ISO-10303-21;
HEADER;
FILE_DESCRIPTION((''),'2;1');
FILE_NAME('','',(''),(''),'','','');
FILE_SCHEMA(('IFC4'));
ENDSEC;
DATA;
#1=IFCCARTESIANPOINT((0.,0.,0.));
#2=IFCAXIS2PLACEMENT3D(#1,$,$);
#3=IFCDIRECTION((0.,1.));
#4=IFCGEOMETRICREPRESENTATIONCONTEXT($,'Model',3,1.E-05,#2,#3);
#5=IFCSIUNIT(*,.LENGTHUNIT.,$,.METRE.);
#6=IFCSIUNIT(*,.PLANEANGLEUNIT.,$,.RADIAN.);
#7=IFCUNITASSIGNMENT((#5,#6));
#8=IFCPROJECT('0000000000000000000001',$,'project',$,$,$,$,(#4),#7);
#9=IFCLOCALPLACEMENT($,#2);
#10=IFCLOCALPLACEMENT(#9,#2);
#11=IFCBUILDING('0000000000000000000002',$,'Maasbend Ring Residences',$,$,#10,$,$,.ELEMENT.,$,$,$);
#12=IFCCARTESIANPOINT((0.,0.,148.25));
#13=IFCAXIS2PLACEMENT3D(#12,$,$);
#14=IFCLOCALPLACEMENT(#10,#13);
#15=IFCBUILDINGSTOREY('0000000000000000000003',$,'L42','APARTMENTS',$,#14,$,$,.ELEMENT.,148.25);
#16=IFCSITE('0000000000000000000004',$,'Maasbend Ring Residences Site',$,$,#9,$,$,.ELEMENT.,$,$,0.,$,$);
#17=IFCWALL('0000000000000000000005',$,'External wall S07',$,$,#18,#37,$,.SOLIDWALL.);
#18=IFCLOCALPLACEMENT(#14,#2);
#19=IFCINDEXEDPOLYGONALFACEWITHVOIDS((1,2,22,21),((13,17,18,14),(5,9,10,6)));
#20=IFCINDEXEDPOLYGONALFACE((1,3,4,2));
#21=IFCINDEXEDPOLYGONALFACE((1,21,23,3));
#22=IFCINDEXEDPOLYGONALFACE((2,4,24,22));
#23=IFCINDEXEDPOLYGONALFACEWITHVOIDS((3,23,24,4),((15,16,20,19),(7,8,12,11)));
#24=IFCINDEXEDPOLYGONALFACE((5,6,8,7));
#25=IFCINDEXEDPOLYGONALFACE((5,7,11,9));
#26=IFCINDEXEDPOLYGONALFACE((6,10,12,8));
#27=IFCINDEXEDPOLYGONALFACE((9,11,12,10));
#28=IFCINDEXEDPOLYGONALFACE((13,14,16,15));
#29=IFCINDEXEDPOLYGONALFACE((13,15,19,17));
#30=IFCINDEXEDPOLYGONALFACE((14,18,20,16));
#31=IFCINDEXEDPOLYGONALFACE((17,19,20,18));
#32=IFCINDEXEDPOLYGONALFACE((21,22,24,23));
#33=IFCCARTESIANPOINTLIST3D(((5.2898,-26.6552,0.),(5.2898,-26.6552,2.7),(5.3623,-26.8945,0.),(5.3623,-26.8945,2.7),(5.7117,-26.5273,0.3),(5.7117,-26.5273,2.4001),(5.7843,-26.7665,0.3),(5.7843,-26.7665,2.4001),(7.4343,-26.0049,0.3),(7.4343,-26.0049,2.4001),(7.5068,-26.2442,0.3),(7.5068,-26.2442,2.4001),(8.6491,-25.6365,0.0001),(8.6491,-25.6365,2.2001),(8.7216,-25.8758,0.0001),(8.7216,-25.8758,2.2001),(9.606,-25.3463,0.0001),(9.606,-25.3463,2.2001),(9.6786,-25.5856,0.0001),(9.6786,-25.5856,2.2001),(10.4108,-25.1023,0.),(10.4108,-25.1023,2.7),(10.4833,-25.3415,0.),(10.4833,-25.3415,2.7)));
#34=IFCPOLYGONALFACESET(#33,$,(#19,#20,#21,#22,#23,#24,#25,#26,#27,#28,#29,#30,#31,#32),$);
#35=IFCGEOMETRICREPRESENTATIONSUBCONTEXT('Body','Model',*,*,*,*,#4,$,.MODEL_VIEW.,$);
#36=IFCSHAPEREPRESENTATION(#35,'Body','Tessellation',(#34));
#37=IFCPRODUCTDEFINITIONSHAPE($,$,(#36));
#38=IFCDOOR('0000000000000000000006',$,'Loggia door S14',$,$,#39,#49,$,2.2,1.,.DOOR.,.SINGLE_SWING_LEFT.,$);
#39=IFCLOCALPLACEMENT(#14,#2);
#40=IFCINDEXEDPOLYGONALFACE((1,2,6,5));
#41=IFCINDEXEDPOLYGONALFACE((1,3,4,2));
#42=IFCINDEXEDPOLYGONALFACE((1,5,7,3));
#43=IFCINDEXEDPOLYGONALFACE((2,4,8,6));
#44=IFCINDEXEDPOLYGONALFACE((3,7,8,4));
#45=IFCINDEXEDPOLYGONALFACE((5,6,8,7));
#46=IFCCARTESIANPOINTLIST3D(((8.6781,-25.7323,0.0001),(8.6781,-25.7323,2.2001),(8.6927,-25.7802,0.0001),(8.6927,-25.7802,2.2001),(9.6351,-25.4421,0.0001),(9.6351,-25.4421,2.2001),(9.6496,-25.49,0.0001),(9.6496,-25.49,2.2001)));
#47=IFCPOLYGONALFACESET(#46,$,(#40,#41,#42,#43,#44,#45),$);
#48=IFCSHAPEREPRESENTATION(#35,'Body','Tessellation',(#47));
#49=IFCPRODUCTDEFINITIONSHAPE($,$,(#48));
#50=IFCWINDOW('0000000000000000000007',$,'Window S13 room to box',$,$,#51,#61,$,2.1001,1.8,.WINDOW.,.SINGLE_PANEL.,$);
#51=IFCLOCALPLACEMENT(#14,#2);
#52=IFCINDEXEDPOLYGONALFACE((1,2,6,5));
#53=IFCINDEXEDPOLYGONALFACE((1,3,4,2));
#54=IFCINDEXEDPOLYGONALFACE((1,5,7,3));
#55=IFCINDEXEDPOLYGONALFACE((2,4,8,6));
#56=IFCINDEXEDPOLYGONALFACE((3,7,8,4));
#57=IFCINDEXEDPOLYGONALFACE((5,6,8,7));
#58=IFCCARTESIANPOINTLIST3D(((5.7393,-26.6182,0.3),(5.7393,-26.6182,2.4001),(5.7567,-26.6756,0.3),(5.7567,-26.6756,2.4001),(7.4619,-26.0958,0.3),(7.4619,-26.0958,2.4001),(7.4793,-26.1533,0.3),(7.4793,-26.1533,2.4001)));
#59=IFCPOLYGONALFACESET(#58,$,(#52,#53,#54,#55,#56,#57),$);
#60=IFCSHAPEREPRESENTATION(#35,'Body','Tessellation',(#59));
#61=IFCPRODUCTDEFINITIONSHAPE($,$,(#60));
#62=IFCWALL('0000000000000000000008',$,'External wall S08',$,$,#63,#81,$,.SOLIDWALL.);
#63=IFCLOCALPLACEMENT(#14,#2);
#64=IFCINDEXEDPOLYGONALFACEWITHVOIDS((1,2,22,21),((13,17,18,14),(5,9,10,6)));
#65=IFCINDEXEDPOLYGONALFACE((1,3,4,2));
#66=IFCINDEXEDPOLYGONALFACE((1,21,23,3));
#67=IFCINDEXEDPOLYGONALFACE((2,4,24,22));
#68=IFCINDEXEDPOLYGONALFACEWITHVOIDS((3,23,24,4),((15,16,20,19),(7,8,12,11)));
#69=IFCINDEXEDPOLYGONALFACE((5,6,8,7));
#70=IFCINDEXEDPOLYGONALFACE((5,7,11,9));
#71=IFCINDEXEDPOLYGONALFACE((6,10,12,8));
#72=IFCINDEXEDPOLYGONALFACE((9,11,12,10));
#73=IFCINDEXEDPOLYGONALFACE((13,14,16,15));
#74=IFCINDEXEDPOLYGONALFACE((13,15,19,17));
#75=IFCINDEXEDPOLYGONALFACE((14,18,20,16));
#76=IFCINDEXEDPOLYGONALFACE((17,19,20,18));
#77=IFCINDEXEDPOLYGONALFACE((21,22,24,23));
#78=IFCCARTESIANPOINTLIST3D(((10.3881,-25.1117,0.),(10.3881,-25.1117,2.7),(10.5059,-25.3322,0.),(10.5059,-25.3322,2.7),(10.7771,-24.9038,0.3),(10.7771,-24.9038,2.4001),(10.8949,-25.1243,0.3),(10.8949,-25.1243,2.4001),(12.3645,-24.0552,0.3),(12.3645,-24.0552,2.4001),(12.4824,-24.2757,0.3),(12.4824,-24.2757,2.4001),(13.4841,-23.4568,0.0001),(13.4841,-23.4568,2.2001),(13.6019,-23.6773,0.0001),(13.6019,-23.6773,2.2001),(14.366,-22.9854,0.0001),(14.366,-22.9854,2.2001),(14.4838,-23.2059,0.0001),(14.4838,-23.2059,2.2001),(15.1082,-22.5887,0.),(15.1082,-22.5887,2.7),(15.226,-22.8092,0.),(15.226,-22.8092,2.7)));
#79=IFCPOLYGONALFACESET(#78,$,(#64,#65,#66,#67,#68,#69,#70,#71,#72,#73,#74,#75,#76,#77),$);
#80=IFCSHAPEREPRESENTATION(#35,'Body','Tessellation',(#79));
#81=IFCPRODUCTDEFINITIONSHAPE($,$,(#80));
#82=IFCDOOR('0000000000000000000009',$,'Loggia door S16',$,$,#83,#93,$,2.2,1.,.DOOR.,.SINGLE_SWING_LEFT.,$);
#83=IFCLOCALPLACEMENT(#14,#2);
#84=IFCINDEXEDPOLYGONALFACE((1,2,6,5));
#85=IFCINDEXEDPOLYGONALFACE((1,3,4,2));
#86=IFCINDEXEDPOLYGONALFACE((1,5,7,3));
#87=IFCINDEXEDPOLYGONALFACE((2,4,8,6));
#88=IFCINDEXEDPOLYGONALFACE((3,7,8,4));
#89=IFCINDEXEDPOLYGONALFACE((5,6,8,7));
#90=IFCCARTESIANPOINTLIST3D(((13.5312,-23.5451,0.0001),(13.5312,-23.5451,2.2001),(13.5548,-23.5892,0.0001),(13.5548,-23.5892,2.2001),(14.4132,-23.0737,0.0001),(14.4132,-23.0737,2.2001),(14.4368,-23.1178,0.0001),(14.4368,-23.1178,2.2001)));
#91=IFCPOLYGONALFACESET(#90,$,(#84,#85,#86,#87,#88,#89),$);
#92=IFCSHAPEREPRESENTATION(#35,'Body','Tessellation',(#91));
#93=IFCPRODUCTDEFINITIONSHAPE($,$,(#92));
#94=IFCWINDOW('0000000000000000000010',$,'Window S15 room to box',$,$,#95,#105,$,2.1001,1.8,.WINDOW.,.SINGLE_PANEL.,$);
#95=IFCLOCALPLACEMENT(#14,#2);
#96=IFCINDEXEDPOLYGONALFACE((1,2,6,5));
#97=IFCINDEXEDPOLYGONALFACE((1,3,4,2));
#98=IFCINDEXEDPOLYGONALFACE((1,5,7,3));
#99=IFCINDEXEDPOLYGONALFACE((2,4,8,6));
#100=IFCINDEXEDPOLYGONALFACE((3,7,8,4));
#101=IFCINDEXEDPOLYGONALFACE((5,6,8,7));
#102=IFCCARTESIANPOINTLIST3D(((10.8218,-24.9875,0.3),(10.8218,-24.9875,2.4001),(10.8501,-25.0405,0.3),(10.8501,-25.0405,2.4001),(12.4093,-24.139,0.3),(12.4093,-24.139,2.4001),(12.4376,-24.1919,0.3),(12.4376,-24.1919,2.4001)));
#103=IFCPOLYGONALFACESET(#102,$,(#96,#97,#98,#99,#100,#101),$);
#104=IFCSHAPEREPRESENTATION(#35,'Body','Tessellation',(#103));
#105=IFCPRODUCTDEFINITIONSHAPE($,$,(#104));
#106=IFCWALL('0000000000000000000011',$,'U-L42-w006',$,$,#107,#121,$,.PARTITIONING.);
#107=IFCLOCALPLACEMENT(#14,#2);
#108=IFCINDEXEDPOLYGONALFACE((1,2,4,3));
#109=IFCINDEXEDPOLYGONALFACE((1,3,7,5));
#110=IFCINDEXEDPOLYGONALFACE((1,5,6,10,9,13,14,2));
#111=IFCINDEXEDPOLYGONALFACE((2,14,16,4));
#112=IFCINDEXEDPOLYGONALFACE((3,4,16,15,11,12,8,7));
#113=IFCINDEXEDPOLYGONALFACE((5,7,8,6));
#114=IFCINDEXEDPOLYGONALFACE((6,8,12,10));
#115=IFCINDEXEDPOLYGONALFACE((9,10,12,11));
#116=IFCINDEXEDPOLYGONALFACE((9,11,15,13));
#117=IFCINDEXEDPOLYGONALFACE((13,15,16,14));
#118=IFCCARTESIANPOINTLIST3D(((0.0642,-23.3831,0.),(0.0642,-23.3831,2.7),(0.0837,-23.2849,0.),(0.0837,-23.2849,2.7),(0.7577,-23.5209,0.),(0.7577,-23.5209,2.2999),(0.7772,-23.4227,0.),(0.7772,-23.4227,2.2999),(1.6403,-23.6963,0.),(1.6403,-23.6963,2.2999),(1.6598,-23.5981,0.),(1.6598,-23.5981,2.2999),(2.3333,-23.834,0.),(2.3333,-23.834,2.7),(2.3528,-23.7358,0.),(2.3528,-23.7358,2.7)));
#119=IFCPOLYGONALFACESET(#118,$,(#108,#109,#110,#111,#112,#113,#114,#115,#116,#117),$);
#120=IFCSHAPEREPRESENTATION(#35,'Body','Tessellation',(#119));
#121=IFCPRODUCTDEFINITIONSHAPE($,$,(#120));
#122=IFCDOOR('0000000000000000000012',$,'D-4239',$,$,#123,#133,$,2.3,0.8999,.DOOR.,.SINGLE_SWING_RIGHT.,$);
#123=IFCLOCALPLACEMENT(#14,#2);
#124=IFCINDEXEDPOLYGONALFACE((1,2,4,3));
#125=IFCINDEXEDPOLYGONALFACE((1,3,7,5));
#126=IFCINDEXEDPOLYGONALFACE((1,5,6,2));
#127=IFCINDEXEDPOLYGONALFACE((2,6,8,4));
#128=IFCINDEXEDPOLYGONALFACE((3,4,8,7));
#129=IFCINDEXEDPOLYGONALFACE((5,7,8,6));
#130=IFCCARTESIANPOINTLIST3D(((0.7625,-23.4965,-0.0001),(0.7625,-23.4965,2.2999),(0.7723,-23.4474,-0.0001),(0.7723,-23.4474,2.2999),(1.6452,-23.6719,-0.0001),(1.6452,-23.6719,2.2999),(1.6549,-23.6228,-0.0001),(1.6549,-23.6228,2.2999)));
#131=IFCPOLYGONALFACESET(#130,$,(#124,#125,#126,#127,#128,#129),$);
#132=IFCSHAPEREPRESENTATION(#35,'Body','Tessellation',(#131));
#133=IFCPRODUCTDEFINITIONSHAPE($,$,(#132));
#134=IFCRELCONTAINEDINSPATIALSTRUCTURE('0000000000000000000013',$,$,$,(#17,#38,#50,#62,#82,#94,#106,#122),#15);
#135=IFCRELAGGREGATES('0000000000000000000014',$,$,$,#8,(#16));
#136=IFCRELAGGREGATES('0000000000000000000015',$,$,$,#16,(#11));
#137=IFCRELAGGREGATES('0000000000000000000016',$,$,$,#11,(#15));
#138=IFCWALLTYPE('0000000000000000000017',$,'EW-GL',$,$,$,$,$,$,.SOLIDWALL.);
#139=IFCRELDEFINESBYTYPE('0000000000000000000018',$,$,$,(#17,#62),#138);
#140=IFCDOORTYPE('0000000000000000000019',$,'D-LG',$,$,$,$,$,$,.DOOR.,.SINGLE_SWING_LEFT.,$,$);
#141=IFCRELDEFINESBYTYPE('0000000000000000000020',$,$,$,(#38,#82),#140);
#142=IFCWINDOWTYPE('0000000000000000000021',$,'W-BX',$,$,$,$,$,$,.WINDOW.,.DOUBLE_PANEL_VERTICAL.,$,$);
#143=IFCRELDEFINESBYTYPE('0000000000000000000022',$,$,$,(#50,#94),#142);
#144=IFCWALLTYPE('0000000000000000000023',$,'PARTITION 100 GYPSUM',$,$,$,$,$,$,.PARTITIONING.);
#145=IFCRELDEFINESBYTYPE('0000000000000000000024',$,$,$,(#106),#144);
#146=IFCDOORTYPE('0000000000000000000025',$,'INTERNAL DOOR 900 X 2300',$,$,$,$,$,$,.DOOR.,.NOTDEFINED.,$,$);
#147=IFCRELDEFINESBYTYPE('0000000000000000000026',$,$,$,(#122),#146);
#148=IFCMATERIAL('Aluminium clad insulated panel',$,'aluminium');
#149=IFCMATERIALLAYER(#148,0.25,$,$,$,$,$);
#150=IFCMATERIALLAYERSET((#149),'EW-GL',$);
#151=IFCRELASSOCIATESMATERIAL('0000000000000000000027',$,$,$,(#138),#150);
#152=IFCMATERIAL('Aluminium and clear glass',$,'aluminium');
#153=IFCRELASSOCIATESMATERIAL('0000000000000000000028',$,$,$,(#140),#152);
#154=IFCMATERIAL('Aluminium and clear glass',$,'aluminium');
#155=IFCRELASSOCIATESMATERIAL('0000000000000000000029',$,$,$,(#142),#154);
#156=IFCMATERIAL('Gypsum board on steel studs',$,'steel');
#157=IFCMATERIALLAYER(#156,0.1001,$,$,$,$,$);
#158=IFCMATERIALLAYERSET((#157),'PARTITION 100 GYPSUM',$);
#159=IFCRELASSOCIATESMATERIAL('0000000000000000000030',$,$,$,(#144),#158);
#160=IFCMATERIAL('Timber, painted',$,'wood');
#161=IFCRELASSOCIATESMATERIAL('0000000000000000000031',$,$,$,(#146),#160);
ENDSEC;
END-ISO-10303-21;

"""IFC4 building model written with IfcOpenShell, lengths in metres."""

from ifc_helpers import new_model, si_unit, direction, frame, frame_2d, origin, place, context, subcontext, project, spatial, rectangle, extrude, material, layer, layer_set, type_object, element, fill, save


model = new_model("IFC4")

# Units and contexts
model_context = context("Model", 3, precision=1e-05, world=origin(), true_north=direction((0.0, 1.0)))
body_context = subcontext(model_context, "Body", "Model", "MODEL_VIEW")
ifc_project = project(units=[si_unit("LENGTHUNIT", "METRE"), si_unit("PLANEANGLEUNIT", "RADIAN")], contexts=[model_context])

# Site, building, storey
site_placement = place(None, origin())
site = spatial("IfcSite", under=ifc_project, at=site_placement, Name="Maasbend Ring Residences Site", CompositionType="ELEMENT", RefElevation=0.0)
building_placement = place(site_placement, origin())
building = spatial("IfcBuilding", under=site, at=building_placement, Name="Maasbend Ring Residences", CompositionType="ELEMENT")
storey_placement = place(building_placement, frame((0.0, 0.0, 148.25)))
storey = spatial("IfcBuildingStorey", under=building, at=storey_placement, Name="L42", Description="APARTMENTS", CompositionType="ELEMENT", Elevation=148.25)

# Walls, openings, doors, windows
ifc_material_1 = material(Name="Aluminium clad insulated panel", Category="aluminium")
ifc_layer_1 = layer(ifc_material_1, 0.25)
ifc_layer_set_1 = layer_set([ifc_layer_1], Name="EW-GL")
wall_type_1 = type_object("IfcWallType", Name="EW-GL", PredefinedType="SOLIDWALL", material=ifc_layer_set_1)
wall_1_placement = place(storey_placement, frame((5.3259, -26.7749, 0.0), z_axis=(0.0, 0.0, 1.0), x_axis=(0.956966, 0.290201, 0.0)))
wall_1 = element("IfcWall", 1, at=wall_1_placement, inside=storey, type_object=wall_type_1, Name="External wall S07", PredefinedType="SOLIDWALL", context=body_context, shape_type="SweptSolid", body=[
    extrude(rectangle(XDim=5.3513, YDim=0.25, at=frame_2d((2.6758, 0.0))), origin(), (0.0, 0.0, 1.0), 2.7),
])
opening_1_placement = place(wall_1_placement, frame((0.4412, 0.0, 0.3)))
opening_1 = element("IfcOpeningElement", 2, at=opening_1_placement, cuts=wall_1, PredefinedType="OPENING", context=body_context, shape_type="SweptSolid", body=[
    extrude(rectangle(XDim=1.8, YDim=2.1001, at=frame_2d((0.8999, 1.05))), frame((0.0, 0.135, 0.0), z_axis=(0.0, -1.0, 0.0), x_axis=(1.0, 0.0, 0.0)), (0.0, 0.0, 1.0), 0.27),
])
opening_2_placement = place(wall_1_placement, frame((3.5105, 0.0, 0.0)))
opening_2 = element("IfcOpeningElement", 3, at=opening_2_placement, cuts=wall_1, PredefinedType="OPENING", context=body_context, shape_type="SweptSolid", body=[
    extrude(rectangle(XDim=1.0, YDim=2.2, at=frame_2d((0.5, 1.1001))), frame((0.0, 0.135, 0.0), z_axis=(0.0, -1.0, 0.0), x_axis=(1.0, 0.0, 0.0)), (0.0, 0.0, 1.0), 0.27),
])
ifc_material_2 = material(Name="Aluminium and clear glass", Category="aluminium")
door_type_1 = type_object("IfcDoorType", Name="D-LG", OperationType="SINGLE_SWING_LEFT", PredefinedType="DOOR", material=ifc_material_2)
door_1_placement = place(opening_2_placement, origin())
door_1 = element("IfcDoor", 4, at=door_1_placement, inside=storey, type_object=door_type_1, Name="Loggia door S14", OperationType="SINGLE_SWING_LEFT", OverallHeight=2.2, OverallWidth=1.0, PredefinedType="DOOR", context=body_context, shape_type="SweptSolid", body=[
    extrude(rectangle(XDim=1.0, YDim=2.2, at=frame_2d((0.5, 1.1001))), frame((0.0, 0.0249, 0.0), z_axis=(0.0, -1.0, 0.0), x_axis=(1.0, 0.0, 0.0)), (0.0, 0.0, 1.0), 0.05),
])
fill(opening_2, door_1)
ifc_material_3 = material(Name="Aluminium and clear glass", Category="aluminium")
window_type_1 = type_object("IfcWindowType", Name="W-BX", PartitioningType="DOUBLE_PANEL_VERTICAL", PredefinedType="WINDOW", material=ifc_material_3)
window_1_placement = place(opening_1_placement, origin())
window_1 = element("IfcWindow", 5, at=window_1_placement, inside=storey, type_object=window_type_1, Name="Window S13 room to box", OverallHeight=2.1001, OverallWidth=1.8, PartitioningType="SINGLE_PANEL", PredefinedType="WINDOW", context=body_context, shape_type="SweptSolid", body=[
    extrude(rectangle(XDim=1.8, YDim=2.1001, at=frame_2d((0.8999, 1.05))), frame((0.0, 0.03, 0.0), z_axis=(0.0, -1.0, 0.0), x_axis=(1.0, 0.0, 0.0)), (0.0, 0.0, 1.0), 0.0601),
])
fill(opening_1, window_1)
wall_2_placement = place(storey_placement, frame((10.447, -25.2219, 0.0), z_axis=(0.0, 0.0, 1.0), x_axis=(0.881916, 0.471407, 0.0)))
wall_2 = element("IfcWall", 6, at=wall_2_placement, inside=storey, type_object=wall_type_1, Name="External wall S08", PredefinedType="SOLIDWALL", context=body_context, shape_type="SweptSolid", body=[
    extrude(rectangle(XDim=5.3521, YDim=0.25, at=frame_2d((2.676, 0.0))), origin(), (0.0, 0.0, 1.0), 2.7),
])
opening_3_placement = place(wall_2_placement, frame((0.4412, 0.0, 0.3)))
opening_3 = element("IfcOpeningElement", 7, at=opening_3_placement, cuts=wall_2, PredefinedType="OPENING", context=body_context, shape_type="SweptSolid", body=[
    extrude(rectangle(XDim=1.8, YDim=2.1001, at=frame_2d((0.8999, 1.05))), frame((0.0, 0.135, 0.0), z_axis=(0.0, -1.0, 0.0), x_axis=(1.0, 0.0, 0.0)), (0.0, 0.0, 1.0), 0.27),
])
opening_4_placement = place(wall_2_placement, frame((3.5105, 0.0, 0.0)))
opening_4 = element("IfcOpeningElement", 8, at=opening_4_placement, cuts=wall_2, PredefinedType="OPENING", context=body_context, shape_type="SweptSolid", body=[
    extrude(rectangle(XDim=1.0, YDim=2.2, at=frame_2d((0.5, 1.1001))), frame((0.0, 0.135, 0.0), z_axis=(0.0, -1.0, 0.0), x_axis=(1.0, 0.0, 0.0)), (0.0, 0.0, 1.0), 0.27),
])
door_2_placement = place(opening_4_placement, origin())
door_2 = element("IfcDoor", 9, at=door_2_placement, inside=storey, type_object=door_type_1, Name="Loggia door S16", OperationType="SINGLE_SWING_LEFT", OverallHeight=2.2, OverallWidth=1.0, PredefinedType="DOOR", context=body_context, shape_type="SweptSolid", body=[
    extrude(rectangle(XDim=1.0, YDim=2.2, at=frame_2d((0.5, 1.1001))), frame((0.0, 0.0249, 0.0), z_axis=(0.0, -1.0, 0.0), x_axis=(1.0, 0.0, 0.0)), (0.0, 0.0, 1.0), 0.05),
])
fill(opening_4, door_2)
window_2_placement = place(opening_3_placement, origin())
window_2 = element("IfcWindow", 10, at=window_2_placement, inside=storey, type_object=window_type_1, Name="Window S15 room to box", OverallHeight=2.1001, OverallWidth=1.8, PartitioningType="SINGLE_PANEL", PredefinedType="WINDOW", context=body_context, shape_type="SweptSolid", body=[
    extrude(rectangle(XDim=1.8, YDim=2.1001, at=frame_2d((0.8999, 1.05))), frame((0.0, 0.03, 0.0), z_axis=(0.0, -1.0, 0.0), x_axis=(1.0, 0.0, 0.0)), (0.0, 0.0, 1.0), 0.0601),
])
fill(opening_3, window_2)

# Wall, opening, door
ifc_material_4 = material(Name="Gypsum board on steel studs", Category="steel")
ifc_layer_2 = layer(ifc_material_4, 0.1001)
ifc_layer_set_2 = layer_set([ifc_layer_2], Name="PARTITION 100 GYPSUM")
wall_type_2 = type_object("IfcWallType", Name="PARTITION 100 GYPSUM", PredefinedType="PARTITIONING", material=ifc_layer_set_2)
wall_3_placement = place(storey_placement, frame((0.074, -23.334, 0.0), z_axis=(0.0, 0.0, 1.0), x_axis=(0.980819, -0.194919, 0.0)))
wall_3 = element("IfcWall", 11, at=wall_3_placement, inside=storey, type_object=wall_type_2, Name="U-L42-w006", PredefinedType="PARTITIONING", context=body_context, shape_type="SweptSolid", body=[
    extrude(rectangle(XDim=2.3135, YDim=0.1001, at=frame_2d((1.1567, 0.0))), origin(), (0.0, 0.0, 1.0), 2.7),
])
opening_5_placement = place(wall_3_placement, frame((0.707, 0.0, 0.0)))
opening_5 = element("IfcOpeningElement", 12, at=opening_5_placement, cuts=wall_3, PredefinedType="OPENING", context=body_context, shape_type="SweptSolid", body=[
    extrude(rectangle(XDim=0.8999, YDim=2.3, at=frame_2d((0.45, 1.1499))), frame((0.0, 0.0601, 0.0), z_axis=(0.0, -1.0, 0.0), x_axis=(1.0, 0.0, 0.0)), (0.0, 0.0, 1.0), 0.1201),
])
ifc_material_5 = material(Name="Timber, painted", Category="wood")
door_type_2 = type_object("IfcDoorType", Name="INTERNAL DOOR 900 X 2300", OperationType="NOTDEFINED", PredefinedType="DOOR", material=ifc_material_5)
door_3_placement = place(opening_5_placement, origin())
door_3 = element("IfcDoor", 13, at=door_3_placement, inside=storey, type_object=door_type_2, Name="D-4239", OperationType="SINGLE_SWING_RIGHT", OverallHeight=2.3, OverallWidth=0.8999, PredefinedType="DOOR", context=body_context, shape_type="SweptSolid", body=[
    extrude(rectangle(XDim=0.8999, YDim=2.3, at=frame_2d((0.45, 1.1499))), frame((0.0, 0.0249, 0.0), z_axis=(0.0, -1.0, 0.0), x_axis=(1.0, 0.0, 0.0)), (0.0, 0.0, 1.0), 0.05),
])
fill(opening_5, door_3)

save(model, "model.ifc")
